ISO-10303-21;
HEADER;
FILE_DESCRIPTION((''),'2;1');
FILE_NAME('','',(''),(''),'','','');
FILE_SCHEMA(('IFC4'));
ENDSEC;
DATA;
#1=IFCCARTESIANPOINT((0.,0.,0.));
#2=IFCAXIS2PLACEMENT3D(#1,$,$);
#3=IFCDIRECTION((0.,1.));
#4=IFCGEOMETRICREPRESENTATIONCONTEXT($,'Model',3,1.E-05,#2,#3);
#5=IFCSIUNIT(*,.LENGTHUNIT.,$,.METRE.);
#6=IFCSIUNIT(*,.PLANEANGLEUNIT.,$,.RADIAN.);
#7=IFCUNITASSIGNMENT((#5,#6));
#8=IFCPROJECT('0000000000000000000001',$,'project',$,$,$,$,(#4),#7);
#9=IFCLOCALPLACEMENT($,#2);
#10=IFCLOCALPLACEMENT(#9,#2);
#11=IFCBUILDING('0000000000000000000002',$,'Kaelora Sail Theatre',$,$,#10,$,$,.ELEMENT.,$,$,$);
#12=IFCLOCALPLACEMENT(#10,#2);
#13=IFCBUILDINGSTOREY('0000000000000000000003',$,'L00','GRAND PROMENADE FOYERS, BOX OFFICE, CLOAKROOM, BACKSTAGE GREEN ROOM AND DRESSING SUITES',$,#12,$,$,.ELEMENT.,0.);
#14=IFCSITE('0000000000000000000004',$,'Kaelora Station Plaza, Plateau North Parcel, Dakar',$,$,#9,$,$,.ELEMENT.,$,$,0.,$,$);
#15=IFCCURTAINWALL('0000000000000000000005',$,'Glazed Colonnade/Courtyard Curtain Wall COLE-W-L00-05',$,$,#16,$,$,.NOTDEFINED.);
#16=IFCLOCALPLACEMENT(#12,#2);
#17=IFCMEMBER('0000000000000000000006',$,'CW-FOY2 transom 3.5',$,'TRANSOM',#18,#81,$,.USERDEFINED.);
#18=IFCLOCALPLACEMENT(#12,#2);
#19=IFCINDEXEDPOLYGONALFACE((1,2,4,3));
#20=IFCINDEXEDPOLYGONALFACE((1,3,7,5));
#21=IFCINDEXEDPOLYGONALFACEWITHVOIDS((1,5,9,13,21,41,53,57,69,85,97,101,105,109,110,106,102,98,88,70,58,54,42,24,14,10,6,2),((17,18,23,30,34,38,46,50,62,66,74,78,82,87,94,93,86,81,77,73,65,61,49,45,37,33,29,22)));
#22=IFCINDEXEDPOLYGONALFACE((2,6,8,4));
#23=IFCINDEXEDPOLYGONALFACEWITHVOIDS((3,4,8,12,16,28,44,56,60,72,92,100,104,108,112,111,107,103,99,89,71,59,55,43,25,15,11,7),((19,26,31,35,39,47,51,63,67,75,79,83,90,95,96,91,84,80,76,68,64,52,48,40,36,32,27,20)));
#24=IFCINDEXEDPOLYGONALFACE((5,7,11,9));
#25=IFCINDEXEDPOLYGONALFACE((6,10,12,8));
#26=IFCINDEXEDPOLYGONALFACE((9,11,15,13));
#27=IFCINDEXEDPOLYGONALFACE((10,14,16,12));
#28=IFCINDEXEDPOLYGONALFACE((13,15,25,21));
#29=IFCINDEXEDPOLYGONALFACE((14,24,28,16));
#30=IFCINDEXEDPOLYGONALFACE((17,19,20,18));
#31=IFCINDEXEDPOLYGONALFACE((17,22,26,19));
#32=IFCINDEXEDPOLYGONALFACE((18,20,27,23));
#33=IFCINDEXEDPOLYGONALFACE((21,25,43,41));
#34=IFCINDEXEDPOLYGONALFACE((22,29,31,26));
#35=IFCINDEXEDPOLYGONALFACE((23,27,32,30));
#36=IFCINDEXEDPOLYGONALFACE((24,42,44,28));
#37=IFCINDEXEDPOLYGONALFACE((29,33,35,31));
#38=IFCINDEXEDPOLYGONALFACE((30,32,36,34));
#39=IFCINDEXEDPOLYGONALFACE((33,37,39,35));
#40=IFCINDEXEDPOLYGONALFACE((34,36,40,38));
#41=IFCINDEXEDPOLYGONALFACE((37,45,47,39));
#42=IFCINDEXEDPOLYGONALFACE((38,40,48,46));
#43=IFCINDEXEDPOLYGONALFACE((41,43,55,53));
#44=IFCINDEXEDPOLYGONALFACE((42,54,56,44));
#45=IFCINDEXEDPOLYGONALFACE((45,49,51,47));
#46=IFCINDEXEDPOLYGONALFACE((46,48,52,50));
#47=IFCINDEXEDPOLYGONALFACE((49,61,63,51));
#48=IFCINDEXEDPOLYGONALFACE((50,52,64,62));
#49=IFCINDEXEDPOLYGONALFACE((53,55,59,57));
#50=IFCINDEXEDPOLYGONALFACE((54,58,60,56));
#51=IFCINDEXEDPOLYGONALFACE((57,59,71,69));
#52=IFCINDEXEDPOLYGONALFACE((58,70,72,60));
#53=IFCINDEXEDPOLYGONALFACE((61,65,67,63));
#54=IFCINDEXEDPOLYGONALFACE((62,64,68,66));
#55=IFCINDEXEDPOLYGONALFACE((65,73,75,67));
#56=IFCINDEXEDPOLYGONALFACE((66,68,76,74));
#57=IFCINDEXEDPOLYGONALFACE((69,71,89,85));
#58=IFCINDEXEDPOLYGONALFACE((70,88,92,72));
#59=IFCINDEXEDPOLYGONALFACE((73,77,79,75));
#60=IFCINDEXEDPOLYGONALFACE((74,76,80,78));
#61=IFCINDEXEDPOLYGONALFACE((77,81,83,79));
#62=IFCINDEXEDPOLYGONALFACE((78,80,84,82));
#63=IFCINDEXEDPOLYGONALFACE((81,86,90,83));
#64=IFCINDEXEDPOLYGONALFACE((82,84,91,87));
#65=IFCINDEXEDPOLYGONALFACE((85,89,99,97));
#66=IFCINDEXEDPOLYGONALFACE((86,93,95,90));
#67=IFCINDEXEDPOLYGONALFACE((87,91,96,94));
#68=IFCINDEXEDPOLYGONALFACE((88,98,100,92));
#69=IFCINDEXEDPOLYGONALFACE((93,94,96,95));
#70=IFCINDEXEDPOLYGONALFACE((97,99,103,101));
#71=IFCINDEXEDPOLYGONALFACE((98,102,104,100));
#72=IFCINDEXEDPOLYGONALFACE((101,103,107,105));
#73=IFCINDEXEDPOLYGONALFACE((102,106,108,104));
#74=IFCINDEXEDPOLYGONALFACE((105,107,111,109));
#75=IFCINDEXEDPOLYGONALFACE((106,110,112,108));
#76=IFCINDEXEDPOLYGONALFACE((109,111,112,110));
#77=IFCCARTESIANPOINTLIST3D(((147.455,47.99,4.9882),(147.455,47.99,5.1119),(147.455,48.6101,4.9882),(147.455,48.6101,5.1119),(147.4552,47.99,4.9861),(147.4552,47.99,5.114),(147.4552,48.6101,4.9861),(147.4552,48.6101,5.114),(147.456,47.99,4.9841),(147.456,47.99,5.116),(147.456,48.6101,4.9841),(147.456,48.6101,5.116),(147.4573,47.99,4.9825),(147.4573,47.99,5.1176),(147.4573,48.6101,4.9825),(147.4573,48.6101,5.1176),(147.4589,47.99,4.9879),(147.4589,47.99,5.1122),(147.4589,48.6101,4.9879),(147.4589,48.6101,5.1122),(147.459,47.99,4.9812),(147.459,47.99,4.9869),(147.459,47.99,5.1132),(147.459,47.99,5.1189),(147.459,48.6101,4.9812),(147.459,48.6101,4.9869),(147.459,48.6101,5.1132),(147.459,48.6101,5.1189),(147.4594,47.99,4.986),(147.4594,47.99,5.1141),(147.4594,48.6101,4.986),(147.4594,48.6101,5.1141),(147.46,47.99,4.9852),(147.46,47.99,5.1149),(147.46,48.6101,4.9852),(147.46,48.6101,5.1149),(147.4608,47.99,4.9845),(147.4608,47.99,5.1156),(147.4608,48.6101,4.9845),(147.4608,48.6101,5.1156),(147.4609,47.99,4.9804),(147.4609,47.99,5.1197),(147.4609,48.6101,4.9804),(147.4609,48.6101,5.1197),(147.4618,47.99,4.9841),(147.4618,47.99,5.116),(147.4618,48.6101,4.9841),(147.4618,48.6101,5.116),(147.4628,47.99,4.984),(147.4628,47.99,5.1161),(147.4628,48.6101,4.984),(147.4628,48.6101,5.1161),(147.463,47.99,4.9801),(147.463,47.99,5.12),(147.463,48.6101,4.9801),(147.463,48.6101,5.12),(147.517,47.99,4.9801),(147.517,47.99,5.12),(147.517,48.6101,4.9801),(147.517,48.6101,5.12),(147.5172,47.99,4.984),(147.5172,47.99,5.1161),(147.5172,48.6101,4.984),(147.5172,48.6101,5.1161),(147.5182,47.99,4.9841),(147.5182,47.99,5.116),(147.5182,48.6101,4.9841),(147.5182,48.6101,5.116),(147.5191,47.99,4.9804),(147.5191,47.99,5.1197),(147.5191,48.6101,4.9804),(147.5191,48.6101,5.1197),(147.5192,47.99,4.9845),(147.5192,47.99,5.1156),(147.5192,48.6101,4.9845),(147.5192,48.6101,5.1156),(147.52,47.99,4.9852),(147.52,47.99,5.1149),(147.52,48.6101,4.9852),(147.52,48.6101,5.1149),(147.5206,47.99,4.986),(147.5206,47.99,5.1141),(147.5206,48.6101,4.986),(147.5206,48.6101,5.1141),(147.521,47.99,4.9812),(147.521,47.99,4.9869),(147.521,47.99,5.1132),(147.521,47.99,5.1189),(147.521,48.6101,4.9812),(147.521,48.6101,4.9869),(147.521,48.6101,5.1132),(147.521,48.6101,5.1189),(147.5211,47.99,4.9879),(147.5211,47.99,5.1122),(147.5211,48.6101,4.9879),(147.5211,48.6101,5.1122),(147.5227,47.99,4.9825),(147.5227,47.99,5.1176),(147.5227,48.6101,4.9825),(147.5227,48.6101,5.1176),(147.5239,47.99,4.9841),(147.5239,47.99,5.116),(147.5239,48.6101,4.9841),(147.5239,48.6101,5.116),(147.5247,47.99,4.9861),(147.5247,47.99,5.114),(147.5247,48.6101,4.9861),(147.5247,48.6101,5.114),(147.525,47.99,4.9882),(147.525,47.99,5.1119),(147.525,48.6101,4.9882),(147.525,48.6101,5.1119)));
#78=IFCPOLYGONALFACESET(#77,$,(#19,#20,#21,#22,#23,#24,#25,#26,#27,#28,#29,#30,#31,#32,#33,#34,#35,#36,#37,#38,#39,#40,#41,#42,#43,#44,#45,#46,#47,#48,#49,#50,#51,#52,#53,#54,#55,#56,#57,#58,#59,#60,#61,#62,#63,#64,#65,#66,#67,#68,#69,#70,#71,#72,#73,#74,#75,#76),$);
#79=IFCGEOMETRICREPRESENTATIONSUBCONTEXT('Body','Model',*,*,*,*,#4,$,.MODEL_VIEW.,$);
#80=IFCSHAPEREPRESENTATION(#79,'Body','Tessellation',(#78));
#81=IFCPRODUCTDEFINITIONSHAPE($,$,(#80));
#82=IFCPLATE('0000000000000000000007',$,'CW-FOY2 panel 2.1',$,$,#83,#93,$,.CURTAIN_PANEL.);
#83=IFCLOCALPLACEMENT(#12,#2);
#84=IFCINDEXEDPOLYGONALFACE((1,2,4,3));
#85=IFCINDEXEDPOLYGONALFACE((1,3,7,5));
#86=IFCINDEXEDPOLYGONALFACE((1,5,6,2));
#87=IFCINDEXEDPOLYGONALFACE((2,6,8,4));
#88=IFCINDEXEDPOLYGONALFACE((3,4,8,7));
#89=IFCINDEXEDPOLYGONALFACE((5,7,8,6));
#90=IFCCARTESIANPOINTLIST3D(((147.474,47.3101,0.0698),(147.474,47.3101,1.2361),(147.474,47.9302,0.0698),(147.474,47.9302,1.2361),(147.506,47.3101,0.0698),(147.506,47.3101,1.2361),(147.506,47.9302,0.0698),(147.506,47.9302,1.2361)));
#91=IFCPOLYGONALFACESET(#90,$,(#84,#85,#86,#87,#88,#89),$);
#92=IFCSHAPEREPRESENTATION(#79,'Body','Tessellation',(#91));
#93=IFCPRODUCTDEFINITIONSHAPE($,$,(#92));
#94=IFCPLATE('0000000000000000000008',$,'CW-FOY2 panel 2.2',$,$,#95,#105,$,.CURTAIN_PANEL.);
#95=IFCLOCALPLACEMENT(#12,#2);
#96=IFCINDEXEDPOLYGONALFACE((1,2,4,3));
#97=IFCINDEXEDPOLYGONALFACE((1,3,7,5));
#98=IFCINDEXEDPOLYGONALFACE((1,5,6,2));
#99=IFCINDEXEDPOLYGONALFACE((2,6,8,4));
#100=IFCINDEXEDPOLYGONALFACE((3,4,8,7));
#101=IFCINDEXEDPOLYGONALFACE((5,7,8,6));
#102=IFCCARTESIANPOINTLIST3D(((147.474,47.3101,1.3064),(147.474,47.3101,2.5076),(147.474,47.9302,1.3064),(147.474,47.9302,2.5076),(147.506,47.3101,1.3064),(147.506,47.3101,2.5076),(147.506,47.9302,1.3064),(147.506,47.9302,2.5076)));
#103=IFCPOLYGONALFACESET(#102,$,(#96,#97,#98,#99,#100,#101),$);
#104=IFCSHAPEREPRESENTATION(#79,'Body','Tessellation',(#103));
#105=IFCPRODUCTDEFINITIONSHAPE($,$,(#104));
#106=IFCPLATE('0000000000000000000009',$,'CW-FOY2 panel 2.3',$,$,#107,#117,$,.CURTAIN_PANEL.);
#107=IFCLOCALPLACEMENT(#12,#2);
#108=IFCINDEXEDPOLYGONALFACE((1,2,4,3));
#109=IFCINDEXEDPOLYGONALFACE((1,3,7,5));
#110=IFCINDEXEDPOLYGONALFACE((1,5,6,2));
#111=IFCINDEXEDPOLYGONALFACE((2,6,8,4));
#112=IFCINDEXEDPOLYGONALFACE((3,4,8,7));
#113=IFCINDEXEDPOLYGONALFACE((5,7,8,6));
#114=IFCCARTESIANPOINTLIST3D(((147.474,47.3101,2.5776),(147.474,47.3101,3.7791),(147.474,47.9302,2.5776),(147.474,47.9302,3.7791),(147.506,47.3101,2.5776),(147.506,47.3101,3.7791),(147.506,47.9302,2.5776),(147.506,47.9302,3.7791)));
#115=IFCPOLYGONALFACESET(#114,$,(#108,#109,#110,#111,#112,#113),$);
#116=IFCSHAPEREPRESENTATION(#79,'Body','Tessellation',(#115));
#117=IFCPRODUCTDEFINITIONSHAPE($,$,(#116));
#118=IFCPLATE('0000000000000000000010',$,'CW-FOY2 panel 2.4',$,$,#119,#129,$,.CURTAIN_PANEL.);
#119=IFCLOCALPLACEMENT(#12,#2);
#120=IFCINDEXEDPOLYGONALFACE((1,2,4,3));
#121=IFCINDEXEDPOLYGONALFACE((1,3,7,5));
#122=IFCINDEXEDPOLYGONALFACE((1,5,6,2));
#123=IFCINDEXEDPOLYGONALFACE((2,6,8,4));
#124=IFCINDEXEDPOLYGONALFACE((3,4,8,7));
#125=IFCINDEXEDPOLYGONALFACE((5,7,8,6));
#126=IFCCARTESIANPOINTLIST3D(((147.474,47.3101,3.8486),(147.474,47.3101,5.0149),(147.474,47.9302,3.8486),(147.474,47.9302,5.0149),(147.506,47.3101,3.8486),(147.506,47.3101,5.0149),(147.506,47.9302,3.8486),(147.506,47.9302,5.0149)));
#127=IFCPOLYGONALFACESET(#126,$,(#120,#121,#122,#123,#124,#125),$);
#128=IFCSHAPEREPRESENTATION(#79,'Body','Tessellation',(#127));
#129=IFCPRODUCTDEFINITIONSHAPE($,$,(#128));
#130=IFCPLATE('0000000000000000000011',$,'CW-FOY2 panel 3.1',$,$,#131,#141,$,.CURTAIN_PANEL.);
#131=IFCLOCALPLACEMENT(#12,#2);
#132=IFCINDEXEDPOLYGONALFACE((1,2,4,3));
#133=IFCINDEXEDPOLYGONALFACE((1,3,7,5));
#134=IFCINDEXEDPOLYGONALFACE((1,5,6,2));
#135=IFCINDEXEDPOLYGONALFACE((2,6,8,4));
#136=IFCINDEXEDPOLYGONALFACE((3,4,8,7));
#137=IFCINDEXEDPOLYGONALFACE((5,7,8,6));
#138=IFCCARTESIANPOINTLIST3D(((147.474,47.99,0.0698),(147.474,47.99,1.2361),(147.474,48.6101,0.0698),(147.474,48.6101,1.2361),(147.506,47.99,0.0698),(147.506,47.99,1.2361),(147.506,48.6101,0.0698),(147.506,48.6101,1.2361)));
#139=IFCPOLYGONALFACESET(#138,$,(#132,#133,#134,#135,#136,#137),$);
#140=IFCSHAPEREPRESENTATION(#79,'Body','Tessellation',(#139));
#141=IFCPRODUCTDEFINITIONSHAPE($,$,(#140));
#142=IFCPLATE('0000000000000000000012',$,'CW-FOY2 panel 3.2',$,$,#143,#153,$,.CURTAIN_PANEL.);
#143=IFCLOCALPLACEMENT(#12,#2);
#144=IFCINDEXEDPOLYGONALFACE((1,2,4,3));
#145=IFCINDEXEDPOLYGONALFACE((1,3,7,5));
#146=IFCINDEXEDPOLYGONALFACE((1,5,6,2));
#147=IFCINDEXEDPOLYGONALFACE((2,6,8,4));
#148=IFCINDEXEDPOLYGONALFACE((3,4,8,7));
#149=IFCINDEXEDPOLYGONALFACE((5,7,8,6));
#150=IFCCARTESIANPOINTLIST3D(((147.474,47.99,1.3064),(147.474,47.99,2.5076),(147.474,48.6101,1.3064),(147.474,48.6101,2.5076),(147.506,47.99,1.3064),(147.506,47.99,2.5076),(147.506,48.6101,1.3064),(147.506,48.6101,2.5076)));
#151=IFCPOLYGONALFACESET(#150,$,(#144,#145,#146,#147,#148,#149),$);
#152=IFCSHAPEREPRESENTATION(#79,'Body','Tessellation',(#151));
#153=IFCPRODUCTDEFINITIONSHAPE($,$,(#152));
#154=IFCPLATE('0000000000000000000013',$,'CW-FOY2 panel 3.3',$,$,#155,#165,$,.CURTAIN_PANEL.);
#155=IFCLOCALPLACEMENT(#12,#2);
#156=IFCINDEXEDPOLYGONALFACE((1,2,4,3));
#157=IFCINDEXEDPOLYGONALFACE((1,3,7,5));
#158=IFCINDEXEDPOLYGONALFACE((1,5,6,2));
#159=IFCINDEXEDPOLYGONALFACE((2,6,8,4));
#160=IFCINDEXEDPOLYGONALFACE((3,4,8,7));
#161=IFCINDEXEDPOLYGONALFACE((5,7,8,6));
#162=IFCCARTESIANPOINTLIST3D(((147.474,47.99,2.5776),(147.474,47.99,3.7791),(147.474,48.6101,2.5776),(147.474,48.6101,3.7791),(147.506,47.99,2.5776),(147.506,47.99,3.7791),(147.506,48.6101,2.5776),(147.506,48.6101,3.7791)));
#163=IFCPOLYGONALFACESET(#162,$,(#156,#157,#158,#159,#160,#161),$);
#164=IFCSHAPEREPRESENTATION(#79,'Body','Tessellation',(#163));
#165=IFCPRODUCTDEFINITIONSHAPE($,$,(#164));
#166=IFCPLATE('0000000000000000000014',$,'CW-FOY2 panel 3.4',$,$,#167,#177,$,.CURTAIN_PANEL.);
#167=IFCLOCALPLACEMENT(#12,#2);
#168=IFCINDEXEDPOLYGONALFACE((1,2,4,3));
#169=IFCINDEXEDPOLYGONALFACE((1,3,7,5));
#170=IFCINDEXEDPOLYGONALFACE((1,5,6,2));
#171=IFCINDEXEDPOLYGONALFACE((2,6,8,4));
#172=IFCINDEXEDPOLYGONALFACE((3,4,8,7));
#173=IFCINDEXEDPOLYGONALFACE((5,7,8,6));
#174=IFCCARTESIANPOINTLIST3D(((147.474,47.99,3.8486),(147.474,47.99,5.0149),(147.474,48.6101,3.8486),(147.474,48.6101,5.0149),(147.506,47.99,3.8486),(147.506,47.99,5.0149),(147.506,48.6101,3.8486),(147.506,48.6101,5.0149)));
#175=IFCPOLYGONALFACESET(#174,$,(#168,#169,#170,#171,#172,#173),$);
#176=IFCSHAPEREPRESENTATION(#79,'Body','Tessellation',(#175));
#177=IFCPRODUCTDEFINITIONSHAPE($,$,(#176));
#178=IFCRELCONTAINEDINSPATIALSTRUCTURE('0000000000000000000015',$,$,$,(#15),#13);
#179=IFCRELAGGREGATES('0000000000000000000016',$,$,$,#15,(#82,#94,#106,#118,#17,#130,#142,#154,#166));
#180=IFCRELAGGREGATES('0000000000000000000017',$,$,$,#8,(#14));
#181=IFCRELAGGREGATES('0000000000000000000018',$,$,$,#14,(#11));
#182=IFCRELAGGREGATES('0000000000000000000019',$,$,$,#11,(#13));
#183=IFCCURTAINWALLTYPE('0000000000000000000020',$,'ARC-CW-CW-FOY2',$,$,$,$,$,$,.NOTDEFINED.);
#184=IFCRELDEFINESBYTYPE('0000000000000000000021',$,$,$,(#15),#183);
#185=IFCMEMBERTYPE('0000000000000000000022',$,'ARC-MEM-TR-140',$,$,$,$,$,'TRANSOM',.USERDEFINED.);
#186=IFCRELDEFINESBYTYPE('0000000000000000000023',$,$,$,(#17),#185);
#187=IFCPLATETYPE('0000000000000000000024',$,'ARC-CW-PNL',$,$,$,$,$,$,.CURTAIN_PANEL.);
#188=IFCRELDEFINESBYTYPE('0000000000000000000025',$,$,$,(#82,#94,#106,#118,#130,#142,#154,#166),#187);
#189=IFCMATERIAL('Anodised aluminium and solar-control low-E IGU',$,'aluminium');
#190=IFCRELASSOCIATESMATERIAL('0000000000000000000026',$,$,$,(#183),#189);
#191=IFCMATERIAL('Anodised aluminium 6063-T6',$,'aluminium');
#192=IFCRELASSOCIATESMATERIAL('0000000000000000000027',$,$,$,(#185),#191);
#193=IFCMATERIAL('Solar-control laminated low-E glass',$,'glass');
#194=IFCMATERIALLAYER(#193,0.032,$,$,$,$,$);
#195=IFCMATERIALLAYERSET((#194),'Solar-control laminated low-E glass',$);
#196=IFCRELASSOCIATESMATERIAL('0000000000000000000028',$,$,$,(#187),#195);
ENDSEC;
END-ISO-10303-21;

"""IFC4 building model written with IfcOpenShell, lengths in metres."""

from ifc_helpers import new_model, si_unit, direction, frame, origin, origin_2d, place, context, subcontext, project, spatial, rectangle, hollow_rectangle, extrude, material, layer, layer_set, material_profile, profile_set, type_object, element, aggregate, save


model = new_model("IFC4")

# Units and contexts
model_context = context("Model", 3, precision=1e-05, world=origin(), true_north=direction((0.0, 1.0)))
body_context = subcontext(model_context, "Body", "Model", "MODEL_VIEW")
ifc_project = project(units=[si_unit("LENGTHUNIT", "METRE"), si_unit("PLANEANGLEUNIT", "RADIAN")], contexts=[model_context])

# Site, building, storey
site_placement = place(None, origin())
site = spatial("IfcSite", under=ifc_project, at=site_placement, Name="Kaelora Station Plaza, Plateau North Parcel, Dakar", CompositionType="ELEMENT", RefElevation=0.0)
building_placement = place(site_placement, origin())
building = spatial("IfcBuilding", under=site, at=building_placement, Name="Kaelora Sail Theatre", CompositionType="ELEMENT")
storey_placement = place(building_placement, origin())
storey = spatial("IfcBuildingStorey", under=building, at=storey_placement, Name="L00", Description="GRAND PROMENADE FOYERS, BOX OFFICE, CLOAKROOM, BACKSTAGE GREEN ROOM AND DRESSING SUITES", CompositionType="ELEMENT", Elevation=0.0)

# Curtain wall, member, plates
ifc_material_1 = material(Name="Anodised aluminium and solar-control low-E IGU", Category="aluminium")
curtain_wall_type = type_object("IfcCurtainWallType", Name="ARC-CW-CW-FOY2", PredefinedType="NOTDEFINED", material=ifc_material_1)
curtain_wall_placement = place(storey_placement, origin())
curtain_wall = element("IfcCurtainWall", 1, at=curtain_wall_placement, inside=storey, type_object=curtain_wall_type, Name="Glazed Colonnade/Courtyard Curtain Wall COLE-W-L00-05", PredefinedType="NOTDEFINED")
ifc_material_2 = material(Name="Anodised aluminium 6063-T6", Category="aluminium")
ifc_material_profile_1 = material_profile(ifc_material_2, hollow_rectangle(XDim=0.0701, YDim=0.1399, WallThickness=0.0039, InnerFilletRadius=0.0039, OuterFilletRadius=0.0081, at=origin_2d()), Name="ALU-TRAN 70x140x4")
ifc_profile_set_1 = profile_set([ifc_material_profile_1], Name="Anodised aluminium 6063-T6")
member_type_1 = type_object("IfcMemberType", Name="ARC-MEM-TR-140", ElementType="TRANSOM", PredefinedType="USERDEFINED", material=ifc_profile_set_1)
member_1_placement = place(storey_placement, frame((147.49, 47.99, 5.05), z_axis=(0.0, 1.0, 0.0), x_axis=(-1.0, 0.0, 0.0)))
member_1 = element("IfcMember", 2, at=member_1_placement, type_object=member_type_1, Name="CW-FOY2 transom 3.5", ObjectType="TRANSOM", PredefinedType="USERDEFINED", context=body_context, shape_type="SweptSolid", body=[
    extrude(hollow_rectangle(XDim=0.0701, YDim=0.1399, WallThickness=0.0039, InnerFilletRadius=0.0039, OuterFilletRadius=0.0081, at=origin_2d()), origin(), (0.0, 0.0, 1.0), 0.6201),
])
ifc_material_3 = material(Name="Solar-control laminated low-E glass", Category="glass")
ifc_layer = layer(ifc_material_3, 0.032)
ifc_layer_set = layer_set([ifc_layer], Name="Solar-control laminated low-E glass")
plate_type = type_object("IfcPlateType", Name="ARC-CW-PNL", PredefinedType="CURTAIN_PANEL", material=ifc_layer_set)
plate_1_placement = place(storey_placement, frame((147.49, 47.6201, 0.0698), z_axis=(0.0, 0.0, 1.0), x_axis=(0.0, 1.0, 0.0)))
plate_1 = element("IfcPlate", 3, at=plate_1_placement, type_object=plate_type, Name="CW-FOY2 panel 2.1", PredefinedType="CURTAIN_PANEL", context=body_context, shape_type="SweptSolid", body=[
    extrude(rectangle(XDim=0.6201, YDim=0.032, at=origin_2d()), origin(), (0.0, 0.0, 1.0), 1.1663),
])
plate_2_placement = place(storey_placement, frame((147.49, 47.6201, 1.3064), z_axis=(0.0, 0.0, 1.0), x_axis=(0.0, 1.0, 0.0)))
plate_2 = element("IfcPlate", 4, at=plate_2_placement, type_object=plate_type, Name="CW-FOY2 panel 2.2", PredefinedType="CURTAIN_PANEL", context=body_context, shape_type="SweptSolid", body=[
    extrude(rectangle(XDim=0.6201, YDim=0.032, at=origin_2d()), origin(), (0.0, 0.0, 1.0), 1.2012),
])
plate_3_placement = place(storey_placement, frame((147.49, 47.6201, 2.5776), z_axis=(0.0, 0.0, 1.0), x_axis=(0.0, 1.0, 0.0)))
plate_3 = element("IfcPlate", 5, at=plate_3_placement, type_object=plate_type, Name="CW-FOY2 panel 2.3", PredefinedType="CURTAIN_PANEL", context=body_context, shape_type="SweptSolid", body=[
    extrude(rectangle(XDim=0.6201, YDim=0.032, at=origin_2d()), origin(), (0.0, 0.0, 1.0), 1.2014),
])
plate_4_placement = place(storey_placement, frame((147.49, 47.6201, 3.8486), z_axis=(0.0, 0.0, 1.0), x_axis=(0.0, 1.0, 0.0)))
plate_4 = element("IfcPlate", 6, at=plate_4_placement, type_object=plate_type, Name="CW-FOY2 panel 2.4", PredefinedType="CURTAIN_PANEL", context=body_context, shape_type="SweptSolid", body=[
    extrude(rectangle(XDim=0.6201, YDim=0.032, at=origin_2d()), origin(), (0.0, 0.0, 1.0), 1.1663),
])
plate_5_placement = place(storey_placement, frame((147.49, 48.3, 0.0698), z_axis=(0.0, 0.0, 1.0), x_axis=(0.0, 1.0, 0.0)))
plate_5 = element("IfcPlate", 7, at=plate_5_placement, type_object=plate_type, Name="CW-FOY2 panel 3.1", PredefinedType="CURTAIN_PANEL", context=body_context, shape_type="SweptSolid", body=[
    extrude(rectangle(XDim=0.6201, YDim=0.032, at=origin_2d()), origin(), (0.0, 0.0, 1.0), 1.1663),
])
plate_6_placement = place(storey_placement, frame((147.49, 48.3, 1.3064), z_axis=(0.0, 0.0, 1.0), x_axis=(0.0, 1.0, 0.0)))
plate_6 = element("IfcPlate", 8, at=plate_6_placement, type_object=plate_type, Name="CW-FOY2 panel 3.2", PredefinedType="CURTAIN_PANEL", context=body_context, shape_type="SweptSolid", body=[
    extrude(rectangle(XDim=0.6201, YDim=0.032, at=origin_2d()), origin(), (0.0, 0.0, 1.0), 1.2012),
])
plate_7_placement = place(storey_placement, frame((147.49, 48.3, 2.5776), z_axis=(0.0, 0.0, 1.0), x_axis=(0.0, 1.0, 0.0)))
plate_7 = element("IfcPlate", 9, at=plate_7_placement, type_object=plate_type, Name="CW-FOY2 panel 3.3", PredefinedType="CURTAIN_PANEL", context=body_context, shape_type="SweptSolid", body=[
    extrude(rectangle(XDim=0.6201, YDim=0.032, at=origin_2d()), origin(), (0.0, 0.0, 1.0), 1.2014),
])
plate_8_placement = place(storey_placement, frame((147.49, 48.3, 3.8486), z_axis=(0.0, 0.0, 1.0), x_axis=(0.0, 1.0, 0.0)))
plate_8 = element("IfcPlate", 10, at=plate_8_placement, type_object=plate_type, Name="CW-FOY2 panel 3.4", PredefinedType="CURTAIN_PANEL", context=body_context, shape_type="SweptSolid", body=[
    extrude(rectangle(XDim=0.6201, YDim=0.032, at=origin_2d()), origin(), (0.0, 0.0, 1.0), 1.1663),
])
aggregate(curtain_wall, [plate_1, plate_2, plate_3, plate_4, member_1, plate_5, plate_6, plate_7, plate_8])

save(model, "model.ifc")
